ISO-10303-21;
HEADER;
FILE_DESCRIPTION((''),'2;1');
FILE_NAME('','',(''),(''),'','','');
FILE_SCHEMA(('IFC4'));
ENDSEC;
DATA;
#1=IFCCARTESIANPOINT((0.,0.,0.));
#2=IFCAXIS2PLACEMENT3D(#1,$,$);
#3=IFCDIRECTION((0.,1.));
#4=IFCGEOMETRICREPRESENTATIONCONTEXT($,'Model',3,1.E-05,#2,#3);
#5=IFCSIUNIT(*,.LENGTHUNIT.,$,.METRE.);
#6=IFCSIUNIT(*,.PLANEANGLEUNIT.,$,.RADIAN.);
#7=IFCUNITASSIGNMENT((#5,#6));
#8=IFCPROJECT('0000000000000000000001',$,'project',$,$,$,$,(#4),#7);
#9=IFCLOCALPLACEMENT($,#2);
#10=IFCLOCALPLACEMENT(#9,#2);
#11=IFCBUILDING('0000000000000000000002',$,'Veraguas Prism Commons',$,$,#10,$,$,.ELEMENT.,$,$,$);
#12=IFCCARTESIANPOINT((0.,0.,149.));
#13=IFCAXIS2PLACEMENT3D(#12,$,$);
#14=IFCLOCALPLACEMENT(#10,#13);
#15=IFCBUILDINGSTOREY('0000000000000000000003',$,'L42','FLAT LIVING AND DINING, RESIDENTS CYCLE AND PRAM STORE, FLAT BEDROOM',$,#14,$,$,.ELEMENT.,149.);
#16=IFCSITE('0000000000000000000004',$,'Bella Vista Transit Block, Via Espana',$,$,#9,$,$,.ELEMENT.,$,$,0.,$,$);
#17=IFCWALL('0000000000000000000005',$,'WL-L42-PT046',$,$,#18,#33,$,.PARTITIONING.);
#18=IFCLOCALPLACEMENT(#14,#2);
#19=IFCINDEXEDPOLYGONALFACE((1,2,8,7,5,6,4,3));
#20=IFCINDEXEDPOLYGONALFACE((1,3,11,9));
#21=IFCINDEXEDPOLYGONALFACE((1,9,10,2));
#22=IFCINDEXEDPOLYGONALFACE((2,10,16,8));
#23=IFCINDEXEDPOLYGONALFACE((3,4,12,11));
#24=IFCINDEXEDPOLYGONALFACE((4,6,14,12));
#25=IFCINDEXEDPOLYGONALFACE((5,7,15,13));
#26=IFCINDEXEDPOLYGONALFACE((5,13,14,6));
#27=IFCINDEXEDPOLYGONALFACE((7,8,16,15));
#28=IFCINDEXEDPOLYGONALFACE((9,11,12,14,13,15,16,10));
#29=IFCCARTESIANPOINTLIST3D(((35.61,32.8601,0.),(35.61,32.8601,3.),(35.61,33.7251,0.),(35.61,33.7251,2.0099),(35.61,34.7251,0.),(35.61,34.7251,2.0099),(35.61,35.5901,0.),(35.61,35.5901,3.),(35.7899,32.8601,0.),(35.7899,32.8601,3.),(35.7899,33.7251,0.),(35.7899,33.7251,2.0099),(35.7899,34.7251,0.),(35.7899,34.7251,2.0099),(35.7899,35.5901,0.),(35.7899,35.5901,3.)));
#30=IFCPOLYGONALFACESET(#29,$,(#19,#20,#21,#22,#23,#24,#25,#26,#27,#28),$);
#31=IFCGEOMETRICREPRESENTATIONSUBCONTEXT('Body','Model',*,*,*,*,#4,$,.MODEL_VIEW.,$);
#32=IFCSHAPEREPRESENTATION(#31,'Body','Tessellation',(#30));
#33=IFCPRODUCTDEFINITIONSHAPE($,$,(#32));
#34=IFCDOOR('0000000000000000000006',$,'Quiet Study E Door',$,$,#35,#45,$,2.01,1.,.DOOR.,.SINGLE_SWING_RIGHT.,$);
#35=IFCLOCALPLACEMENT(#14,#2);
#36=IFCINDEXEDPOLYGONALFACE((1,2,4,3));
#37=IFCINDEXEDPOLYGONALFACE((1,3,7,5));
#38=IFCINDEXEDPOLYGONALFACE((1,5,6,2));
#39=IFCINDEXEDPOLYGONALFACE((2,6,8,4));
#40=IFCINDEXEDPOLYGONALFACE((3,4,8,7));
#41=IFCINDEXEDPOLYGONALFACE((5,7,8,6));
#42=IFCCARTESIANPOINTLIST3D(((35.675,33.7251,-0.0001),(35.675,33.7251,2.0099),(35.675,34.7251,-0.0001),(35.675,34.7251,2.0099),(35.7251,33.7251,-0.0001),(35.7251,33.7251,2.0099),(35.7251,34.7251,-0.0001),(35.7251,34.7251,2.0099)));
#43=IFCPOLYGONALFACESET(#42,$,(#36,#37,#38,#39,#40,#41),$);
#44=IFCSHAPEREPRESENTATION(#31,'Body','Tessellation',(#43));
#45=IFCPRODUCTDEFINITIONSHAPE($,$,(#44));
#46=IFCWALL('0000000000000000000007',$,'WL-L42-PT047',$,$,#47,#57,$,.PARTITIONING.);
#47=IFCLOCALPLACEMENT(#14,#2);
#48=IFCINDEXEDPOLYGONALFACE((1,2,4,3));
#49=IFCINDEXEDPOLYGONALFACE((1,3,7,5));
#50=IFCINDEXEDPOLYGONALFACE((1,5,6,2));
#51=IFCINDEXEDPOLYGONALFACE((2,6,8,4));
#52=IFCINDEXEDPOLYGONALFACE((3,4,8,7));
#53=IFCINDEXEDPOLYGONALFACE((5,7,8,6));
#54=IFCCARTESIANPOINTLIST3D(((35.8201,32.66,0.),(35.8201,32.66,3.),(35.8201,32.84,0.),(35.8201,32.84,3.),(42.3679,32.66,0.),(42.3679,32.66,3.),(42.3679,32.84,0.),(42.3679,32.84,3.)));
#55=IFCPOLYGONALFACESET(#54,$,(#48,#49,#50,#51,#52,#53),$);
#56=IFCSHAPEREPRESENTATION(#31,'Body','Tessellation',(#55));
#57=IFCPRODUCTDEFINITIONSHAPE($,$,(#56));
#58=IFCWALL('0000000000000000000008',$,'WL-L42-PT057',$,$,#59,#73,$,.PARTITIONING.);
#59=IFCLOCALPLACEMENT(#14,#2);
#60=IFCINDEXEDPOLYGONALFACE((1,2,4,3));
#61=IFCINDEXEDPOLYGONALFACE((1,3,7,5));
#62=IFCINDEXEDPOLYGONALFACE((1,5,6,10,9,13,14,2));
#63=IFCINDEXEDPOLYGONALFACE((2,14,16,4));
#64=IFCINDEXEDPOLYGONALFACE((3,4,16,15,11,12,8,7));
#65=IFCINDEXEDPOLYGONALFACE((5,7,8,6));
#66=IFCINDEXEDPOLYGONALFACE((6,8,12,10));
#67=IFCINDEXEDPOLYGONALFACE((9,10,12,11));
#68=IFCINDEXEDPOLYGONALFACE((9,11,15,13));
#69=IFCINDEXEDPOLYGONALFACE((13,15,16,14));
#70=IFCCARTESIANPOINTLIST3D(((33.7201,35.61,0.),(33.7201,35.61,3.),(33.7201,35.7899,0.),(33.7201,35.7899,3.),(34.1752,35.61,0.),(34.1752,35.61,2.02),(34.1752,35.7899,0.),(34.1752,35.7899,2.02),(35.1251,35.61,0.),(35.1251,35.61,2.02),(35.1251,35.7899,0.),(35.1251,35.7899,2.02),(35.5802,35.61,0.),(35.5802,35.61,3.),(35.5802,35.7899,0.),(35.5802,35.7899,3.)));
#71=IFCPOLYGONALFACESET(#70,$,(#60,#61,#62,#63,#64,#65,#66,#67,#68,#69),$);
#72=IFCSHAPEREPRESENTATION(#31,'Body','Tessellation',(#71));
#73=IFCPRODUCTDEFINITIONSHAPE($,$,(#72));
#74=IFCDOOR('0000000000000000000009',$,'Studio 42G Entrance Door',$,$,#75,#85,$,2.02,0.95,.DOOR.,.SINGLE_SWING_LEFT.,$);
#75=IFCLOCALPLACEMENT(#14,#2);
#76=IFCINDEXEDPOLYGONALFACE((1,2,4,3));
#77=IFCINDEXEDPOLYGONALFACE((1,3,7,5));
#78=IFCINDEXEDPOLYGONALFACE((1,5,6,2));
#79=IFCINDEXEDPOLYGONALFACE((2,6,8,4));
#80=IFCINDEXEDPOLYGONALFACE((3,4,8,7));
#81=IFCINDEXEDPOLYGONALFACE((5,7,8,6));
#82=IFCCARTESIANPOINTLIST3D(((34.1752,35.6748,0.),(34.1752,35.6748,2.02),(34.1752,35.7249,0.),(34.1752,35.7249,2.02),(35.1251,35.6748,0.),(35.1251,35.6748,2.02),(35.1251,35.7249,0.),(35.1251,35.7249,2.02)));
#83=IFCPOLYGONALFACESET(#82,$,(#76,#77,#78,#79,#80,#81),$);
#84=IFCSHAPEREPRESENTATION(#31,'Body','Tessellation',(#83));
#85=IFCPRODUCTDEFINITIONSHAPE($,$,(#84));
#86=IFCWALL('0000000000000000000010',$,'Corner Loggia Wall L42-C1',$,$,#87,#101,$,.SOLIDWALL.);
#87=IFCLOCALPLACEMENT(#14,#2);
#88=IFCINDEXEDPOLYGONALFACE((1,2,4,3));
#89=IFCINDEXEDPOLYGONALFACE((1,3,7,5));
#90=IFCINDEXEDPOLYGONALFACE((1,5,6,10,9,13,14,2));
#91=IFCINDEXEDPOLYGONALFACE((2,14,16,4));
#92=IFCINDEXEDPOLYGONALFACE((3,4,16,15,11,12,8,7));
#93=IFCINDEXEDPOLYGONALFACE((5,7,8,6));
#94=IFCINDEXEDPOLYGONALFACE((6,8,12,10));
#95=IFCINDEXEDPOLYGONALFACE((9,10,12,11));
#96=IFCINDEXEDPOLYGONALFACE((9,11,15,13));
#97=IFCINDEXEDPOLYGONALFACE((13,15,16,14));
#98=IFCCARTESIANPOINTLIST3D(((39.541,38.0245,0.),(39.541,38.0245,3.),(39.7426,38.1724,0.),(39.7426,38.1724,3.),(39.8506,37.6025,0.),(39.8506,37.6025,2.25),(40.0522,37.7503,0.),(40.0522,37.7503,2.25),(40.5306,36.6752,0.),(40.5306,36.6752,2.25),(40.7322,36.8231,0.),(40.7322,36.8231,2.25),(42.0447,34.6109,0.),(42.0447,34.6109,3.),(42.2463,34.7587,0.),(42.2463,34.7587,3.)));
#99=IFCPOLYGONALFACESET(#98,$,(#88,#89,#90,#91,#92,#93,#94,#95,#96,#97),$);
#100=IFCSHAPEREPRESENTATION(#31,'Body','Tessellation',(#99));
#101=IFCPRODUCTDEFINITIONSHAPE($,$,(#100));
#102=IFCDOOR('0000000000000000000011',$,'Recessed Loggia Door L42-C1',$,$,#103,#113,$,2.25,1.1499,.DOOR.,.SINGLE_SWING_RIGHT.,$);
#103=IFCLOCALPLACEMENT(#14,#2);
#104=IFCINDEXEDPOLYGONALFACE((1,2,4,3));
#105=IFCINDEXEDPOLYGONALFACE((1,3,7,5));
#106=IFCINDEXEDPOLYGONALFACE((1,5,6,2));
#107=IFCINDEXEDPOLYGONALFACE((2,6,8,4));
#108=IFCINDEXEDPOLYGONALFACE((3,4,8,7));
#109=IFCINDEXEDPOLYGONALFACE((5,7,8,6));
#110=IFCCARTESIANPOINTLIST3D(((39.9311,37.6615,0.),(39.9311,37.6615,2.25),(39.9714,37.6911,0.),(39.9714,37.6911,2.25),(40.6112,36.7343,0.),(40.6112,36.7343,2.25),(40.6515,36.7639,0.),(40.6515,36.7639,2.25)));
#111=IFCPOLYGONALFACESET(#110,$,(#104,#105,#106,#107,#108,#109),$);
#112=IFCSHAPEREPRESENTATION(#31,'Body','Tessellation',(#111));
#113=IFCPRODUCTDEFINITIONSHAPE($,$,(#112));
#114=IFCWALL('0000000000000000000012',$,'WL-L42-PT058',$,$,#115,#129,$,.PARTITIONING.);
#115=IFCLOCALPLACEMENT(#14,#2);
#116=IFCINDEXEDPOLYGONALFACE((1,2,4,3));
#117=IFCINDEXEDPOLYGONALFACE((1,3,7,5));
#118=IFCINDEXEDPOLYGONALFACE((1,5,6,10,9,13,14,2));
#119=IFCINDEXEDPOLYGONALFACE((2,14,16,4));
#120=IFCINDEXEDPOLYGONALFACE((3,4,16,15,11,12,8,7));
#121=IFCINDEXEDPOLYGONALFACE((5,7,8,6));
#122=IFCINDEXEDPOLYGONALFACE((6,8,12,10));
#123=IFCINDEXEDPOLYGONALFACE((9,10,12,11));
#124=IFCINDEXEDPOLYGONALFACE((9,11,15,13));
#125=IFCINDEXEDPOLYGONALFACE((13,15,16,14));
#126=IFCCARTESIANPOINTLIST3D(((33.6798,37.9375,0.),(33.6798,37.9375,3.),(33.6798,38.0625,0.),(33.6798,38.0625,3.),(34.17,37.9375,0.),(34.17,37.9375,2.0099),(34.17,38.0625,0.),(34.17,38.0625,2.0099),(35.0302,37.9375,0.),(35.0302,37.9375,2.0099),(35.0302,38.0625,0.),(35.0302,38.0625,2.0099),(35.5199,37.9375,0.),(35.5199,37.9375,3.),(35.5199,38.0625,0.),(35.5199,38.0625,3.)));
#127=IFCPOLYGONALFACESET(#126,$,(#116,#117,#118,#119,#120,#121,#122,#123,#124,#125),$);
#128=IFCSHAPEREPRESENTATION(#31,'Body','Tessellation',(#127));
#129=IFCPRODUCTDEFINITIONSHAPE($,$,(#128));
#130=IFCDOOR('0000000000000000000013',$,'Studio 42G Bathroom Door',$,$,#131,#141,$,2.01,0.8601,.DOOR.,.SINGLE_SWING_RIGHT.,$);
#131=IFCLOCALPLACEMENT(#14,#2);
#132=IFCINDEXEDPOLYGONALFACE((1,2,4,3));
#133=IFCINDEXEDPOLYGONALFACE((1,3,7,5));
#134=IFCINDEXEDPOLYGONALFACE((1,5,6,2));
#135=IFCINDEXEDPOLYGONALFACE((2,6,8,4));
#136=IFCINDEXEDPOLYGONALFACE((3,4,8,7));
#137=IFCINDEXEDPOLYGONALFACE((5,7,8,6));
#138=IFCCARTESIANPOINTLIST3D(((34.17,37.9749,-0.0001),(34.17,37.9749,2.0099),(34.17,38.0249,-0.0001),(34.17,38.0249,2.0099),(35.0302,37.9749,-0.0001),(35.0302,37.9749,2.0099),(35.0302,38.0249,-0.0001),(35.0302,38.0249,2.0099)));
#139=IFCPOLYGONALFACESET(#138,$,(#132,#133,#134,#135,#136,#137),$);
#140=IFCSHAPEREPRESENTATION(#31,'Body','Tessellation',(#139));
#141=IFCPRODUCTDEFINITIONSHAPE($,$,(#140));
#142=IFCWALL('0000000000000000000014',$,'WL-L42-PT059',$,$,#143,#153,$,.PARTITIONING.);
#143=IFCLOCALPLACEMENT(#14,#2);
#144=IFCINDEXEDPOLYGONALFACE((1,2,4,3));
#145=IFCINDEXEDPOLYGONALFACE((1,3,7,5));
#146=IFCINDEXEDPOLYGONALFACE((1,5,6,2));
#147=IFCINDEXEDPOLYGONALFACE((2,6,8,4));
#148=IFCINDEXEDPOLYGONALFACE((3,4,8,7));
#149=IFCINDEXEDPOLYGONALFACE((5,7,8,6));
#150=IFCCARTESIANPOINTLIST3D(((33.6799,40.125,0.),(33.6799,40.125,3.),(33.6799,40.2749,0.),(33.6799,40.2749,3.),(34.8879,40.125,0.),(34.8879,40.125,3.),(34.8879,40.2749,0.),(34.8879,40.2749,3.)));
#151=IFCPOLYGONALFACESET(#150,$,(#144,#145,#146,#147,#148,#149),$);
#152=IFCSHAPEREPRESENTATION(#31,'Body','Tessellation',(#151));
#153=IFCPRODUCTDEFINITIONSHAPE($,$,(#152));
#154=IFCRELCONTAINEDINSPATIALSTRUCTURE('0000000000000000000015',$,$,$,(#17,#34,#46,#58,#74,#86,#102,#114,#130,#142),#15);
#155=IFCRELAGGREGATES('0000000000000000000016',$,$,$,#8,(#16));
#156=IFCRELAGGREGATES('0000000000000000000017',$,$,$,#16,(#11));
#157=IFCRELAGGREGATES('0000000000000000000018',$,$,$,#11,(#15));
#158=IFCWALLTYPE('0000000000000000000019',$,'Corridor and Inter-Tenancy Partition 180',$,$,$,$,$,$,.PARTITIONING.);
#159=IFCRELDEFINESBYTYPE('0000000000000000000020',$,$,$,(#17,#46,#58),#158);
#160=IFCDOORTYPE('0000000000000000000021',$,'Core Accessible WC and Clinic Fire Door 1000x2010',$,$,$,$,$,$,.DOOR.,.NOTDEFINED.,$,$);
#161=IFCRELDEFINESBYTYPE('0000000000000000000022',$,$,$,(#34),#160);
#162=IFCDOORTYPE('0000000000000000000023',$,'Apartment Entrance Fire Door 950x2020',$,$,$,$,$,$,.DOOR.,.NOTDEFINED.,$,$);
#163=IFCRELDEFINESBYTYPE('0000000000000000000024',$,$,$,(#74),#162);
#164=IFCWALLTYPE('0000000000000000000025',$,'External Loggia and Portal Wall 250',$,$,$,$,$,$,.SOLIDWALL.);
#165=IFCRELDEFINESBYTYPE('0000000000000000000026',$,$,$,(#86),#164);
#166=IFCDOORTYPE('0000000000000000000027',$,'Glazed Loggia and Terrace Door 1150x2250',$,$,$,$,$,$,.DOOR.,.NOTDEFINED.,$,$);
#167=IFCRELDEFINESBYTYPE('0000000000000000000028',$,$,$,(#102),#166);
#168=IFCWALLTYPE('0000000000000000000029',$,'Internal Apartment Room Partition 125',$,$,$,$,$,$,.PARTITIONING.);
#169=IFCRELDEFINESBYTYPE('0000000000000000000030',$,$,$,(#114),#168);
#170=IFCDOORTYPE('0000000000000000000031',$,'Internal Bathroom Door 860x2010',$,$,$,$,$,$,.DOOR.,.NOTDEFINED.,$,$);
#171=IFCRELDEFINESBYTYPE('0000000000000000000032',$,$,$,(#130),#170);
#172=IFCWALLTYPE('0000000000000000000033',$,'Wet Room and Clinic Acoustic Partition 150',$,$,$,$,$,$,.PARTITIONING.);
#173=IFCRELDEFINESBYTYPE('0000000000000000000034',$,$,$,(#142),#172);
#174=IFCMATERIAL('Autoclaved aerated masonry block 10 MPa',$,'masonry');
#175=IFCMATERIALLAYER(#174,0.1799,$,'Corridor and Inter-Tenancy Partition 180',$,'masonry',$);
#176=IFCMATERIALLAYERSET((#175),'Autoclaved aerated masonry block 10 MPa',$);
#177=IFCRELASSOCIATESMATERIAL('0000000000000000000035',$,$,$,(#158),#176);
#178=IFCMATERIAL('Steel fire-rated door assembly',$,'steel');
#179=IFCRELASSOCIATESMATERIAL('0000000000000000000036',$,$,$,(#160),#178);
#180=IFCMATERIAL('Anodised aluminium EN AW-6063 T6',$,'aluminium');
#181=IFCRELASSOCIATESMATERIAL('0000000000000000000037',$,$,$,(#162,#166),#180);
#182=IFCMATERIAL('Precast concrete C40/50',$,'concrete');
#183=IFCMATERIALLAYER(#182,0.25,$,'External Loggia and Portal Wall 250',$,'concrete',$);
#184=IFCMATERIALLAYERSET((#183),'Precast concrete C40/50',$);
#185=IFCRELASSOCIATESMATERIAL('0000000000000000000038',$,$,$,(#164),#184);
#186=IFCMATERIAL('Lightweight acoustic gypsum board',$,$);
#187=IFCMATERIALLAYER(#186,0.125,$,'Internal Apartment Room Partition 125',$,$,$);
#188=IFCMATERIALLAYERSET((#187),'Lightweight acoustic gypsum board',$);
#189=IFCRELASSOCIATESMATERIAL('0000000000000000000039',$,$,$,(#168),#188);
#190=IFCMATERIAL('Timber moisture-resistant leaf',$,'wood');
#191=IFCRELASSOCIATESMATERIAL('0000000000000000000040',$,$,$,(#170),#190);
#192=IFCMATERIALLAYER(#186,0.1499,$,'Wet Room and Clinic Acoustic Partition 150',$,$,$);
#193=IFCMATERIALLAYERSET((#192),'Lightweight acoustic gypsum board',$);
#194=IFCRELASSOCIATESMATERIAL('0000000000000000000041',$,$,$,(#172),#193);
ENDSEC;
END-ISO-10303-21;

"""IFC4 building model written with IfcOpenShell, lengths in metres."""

from ifc_helpers import new_model, si_unit, direction, frame, frame_2d, origin, place, context, subcontext, project, spatial, rectangle, extrude, source, transform, mapped, material, layer, layer_set, type_object, element, fill, save


model = new_model("IFC4")

# Units and contexts
model_context = context("Model", 3, precision=1e-05, world=origin(), true_north=direction((0.0, 1.0)))
body_context = subcontext(model_context, "Body", "Model", "MODEL_VIEW")
ifc_project = project(units=[si_unit("LENGTHUNIT", "METRE"), si_unit("PLANEANGLEUNIT", "RADIAN")], contexts=[model_context])

# Site, building, storey
site_placement = place(None, origin())
site = spatial("IfcSite", under=ifc_project, at=site_placement, Name="Bella Vista Transit Block, Via Espana", CompositionType="ELEMENT", RefElevation=0.0)
building_placement = place(site_placement, origin())
building = spatial("IfcBuilding", under=site, at=building_placement, Name="Veraguas Prism Commons", CompositionType="ELEMENT")
storey_placement = place(building_placement, frame((0.0, 0.0, 149.0)))
storey = spatial("IfcBuildingStorey", under=building, at=storey_placement, Name="L42", Description="FLAT LIVING AND DINING, RESIDENTS CYCLE AND PRAM STORE, FLAT BEDROOM", CompositionType="ELEMENT", Elevation=149.0)

# Shared definitions
ifc_material_1 = material(Name="Anodised aluminium EN AW-6063 T6", Category="aluminium")

# Shared definitions
ifc_material_2 = material(Name="Autoclaved aerated masonry block 10 MPa", Category="masonry")
ifc_layer_1 = layer(ifc_material_2, 0.1799, Name="Corridor and Inter-Tenancy Partition 180", Category="masonry")
ifc_layer_set_1 = layer_set([ifc_layer_1], Name="Autoclaved aerated masonry block 10 MPa")
wall_type_1 = type_object("IfcWallType", Name="Corridor and Inter-Tenancy Partition 180", PredefinedType="PARTITIONING", material=ifc_layer_set_1)

# Wall, opening, door
wall_1_placement = place(storey_placement, frame((35.7, 32.8601, 0.0), z_axis=(0.0, 0.0, 1.0), x_axis=(0.0, 1.0, 0.0)))
wall_1 = element("IfcWall", 1, at=wall_1_placement, inside=storey, type_object=wall_type_1, Name="WL-L42-PT046", PredefinedType="PARTITIONING", context=body_context, shape_type="SweptSolid", body=[
    extrude(rectangle(XDim=2.73, YDim=0.1799, at=frame_2d((1.365, 0.0))), origin(), (0.0, 0.0, 1.0), 3.0),
])
opening_1_placement = place(wall_1_placement, frame((0.865, 0.0, 0.0)))
opening_1 = element("IfcOpeningElement", 2, at=opening_1_placement, cuts=wall_1, PredefinedType="OPENING", context=body_context, shape_type="SweptSolid", body=[
    extrude(rectangle(XDim=1.0, YDim=2.01, at=frame_2d((0.5, 1.0049))), frame((0.0, 0.0999, 0.0), z_axis=(0.0, -1.0, 0.0), x_axis=(1.0, 0.0, 0.0)), (0.0, 0.0, 1.0), 0.2),
])
ifc_material_3 = material(Name="Steel fire-rated door assembly", Category="steel")
door_type_1 = type_object("IfcDoorType", Name="Core Accessible WC and Clinic Fire Door 1000x2010", OperationType="NOTDEFINED", PredefinedType="DOOR", material=ifc_material_3)
shared_shape_1 = source(origin(), body_context, "Body", "SweptSolid", [
    extrude(rectangle(XDim=1.0, YDim=2.01, at=frame_2d((0.5, 1.0049))), frame((0.0, 0.0249, 0.0), z_axis=(0.0, -1.0, 0.0), x_axis=(1.0, 0.0, 0.0)), (0.0, 0.0, 1.0), 0.05),
])
door_1_placement = place(opening_1_placement, origin())
door_1 = element("IfcDoor", 3, at=door_1_placement, inside=storey, type_object=door_type_1, Name="Quiet Study E Door", OperationType="SINGLE_SWING_RIGHT", OverallHeight=2.01, OverallWidth=1.0, PredefinedType="DOOR", context=body_context, shape_type="MappedRepresentation", body=[
    mapped(shared_shape_1, transform((0.0, 0.0, 0.0), scale=1.0)),
])
fill(opening_1, door_1)

# Wall
wall_2_placement = place(storey_placement, frame((35.8201, 32.75, 0.0), z_axis=(0.0, 0.0, 1.0), x_axis=(1.0, 0.0, 0.0)))
element("IfcWall", 4, at=wall_2_placement, inside=storey, type_object=wall_type_1, Name="WL-L42-PT047", PredefinedType="PARTITIONING", context=body_context, shape_type="SweptSolid", body=[
    extrude(rectangle(XDim=6.5479, YDim=0.1799, at=frame_2d((3.2739, 0.0))), origin(), (0.0, 0.0, 1.0), 3.0),
])

# Walls, openings, doors
wall_3_placement = place(storey_placement, frame((33.72, 35.7, 0.0), z_axis=(0.0, 0.0, 1.0), x_axis=(1.0, 0.0, 0.0)))
wall_3 = element("IfcWall", 5, at=wall_3_placement, inside=storey, type_object=wall_type_1, Name="WL-L42-PT057", PredefinedType="PARTITIONING", context=body_context, shape_type="SweptSolid", body=[
    extrude(rectangle(XDim=1.8601, YDim=0.1799, at=frame_2d((0.9302, 0.0))), origin(), (0.0, 0.0, 1.0), 3.0),
])
opening_2_placement = place(wall_3_placement, frame((0.4551, 0.0, 0.0)))
opening_2 = element("IfcOpeningElement", 6, at=opening_2_placement, cuts=wall_3, PredefinedType="OPENING", context=body_context, shape_type="SweptSolid", body=[
    extrude(rectangle(XDim=0.95, YDim=2.02, at=frame_2d((0.4751, 1.01))), frame((0.0, 0.0999, 0.0), z_axis=(0.0, -1.0, 0.0), x_axis=(1.0, 0.0, 0.0)), (0.0, 0.0, 1.0), 0.2),
])
door_type_2 = type_object("IfcDoorType", Name="Apartment Entrance Fire Door 950x2020", OperationType="NOTDEFINED", PredefinedType="DOOR", material=ifc_material_1)
shared_shape_2 = source(origin(), body_context, "Body", "SweptSolid", [
    extrude(rectangle(XDim=0.95, YDim=2.02, at=frame_2d((0.4751, 1.01))), frame((0.0, 0.0249, 0.0), z_axis=(0.0, -1.0, 0.0), x_axis=(1.0, 0.0, 0.0)), (0.0, 0.0, 1.0), 0.05),
])
door_2_placement = place(opening_2_placement, origin())
door_2 = element("IfcDoor", 7, at=door_2_placement, inside=storey, type_object=door_type_2, Name="Studio 42G Entrance Door", OperationType="SINGLE_SWING_LEFT", OverallHeight=2.02, OverallWidth=0.95, PredefinedType="DOOR", context=body_context, shape_type="MappedRepresentation", body=[
    mapped(shared_shape_2, transform((0.0, 0.0, 0.0), scale=1.0)),
])
fill(opening_2, door_2)
ifc_material_4 = material(Name="Precast concrete C40/50", Category="concrete")
ifc_layer_2 = layer(ifc_material_4, 0.25, Name="External Loggia and Portal Wall 250", Category="concrete")
ifc_layer_set_2 = layer_set([ifc_layer_2], Name="Precast concrete C40/50")
wall_type_2 = type_object("IfcWallType", Name="External Loggia and Portal Wall 250", PredefinedType="SOLIDWALL", material=ifc_layer_set_2)
wall_4_placement = place(storey_placement, frame((42.1455, 34.6848, 0.0), z_axis=(0.0, 0.0, 1.0), x_axis=(-0.591421, 0.806363, 0.0)))
wall_4 = element("IfcWall", 8, at=wall_4_placement, inside=storey, type_object=wall_type_2, Name="Corner Loggia Wall L42-C1", PredefinedType="SOLIDWALL", context=body_context, shape_type="SweptSolid", body=[
    extrude(rectangle(XDim=4.2334, YDim=0.25, at=frame_2d((2.1167, 0.0))), origin(), (0.0, 0.0, 1.0), 3.0),
])
opening_3_placement = place(wall_4_placement, frame((2.5601, 0.0, 0.0)))
opening_3 = element("IfcOpeningElement", 9, at=opening_3_placement, cuts=wall_4, PredefinedType="OPENING", context=body_context, shape_type="SweptSolid", body=[
    extrude(rectangle(XDim=1.1499, YDim=2.25, at=frame_2d((0.575, 1.125))), frame((0.0, 0.135, 0.0), z_axis=(0.0, -1.0, 0.0), x_axis=(1.0, 0.0, 0.0)), (0.0, 0.0, 1.0), 0.27),
])
door_type_3 = type_object("IfcDoorType", Name="Glazed Loggia and Terrace Door 1150x2250", OperationType="NOTDEFINED", PredefinedType="DOOR", material=ifc_material_1)
shared_shape_3 = source(origin(), body_context, "Body", "SweptSolid", [
    extrude(rectangle(XDim=1.1499, YDim=2.25, at=frame_2d((0.575, 1.125))), frame((0.0, 0.0249, 0.0), z_axis=(0.0, -1.0, 0.0), x_axis=(1.0, 0.0, 0.0)), (0.0, 0.0, 1.0), 0.05),
])
door_3_placement = place(opening_3_placement, frame((1.1499, 0.0, 0.0), z_axis=(0.0, 0.0, 1.0), x_axis=(-1.0, 0.0, 0.0)))
door_3 = element("IfcDoor", 10, at=door_3_placement, inside=storey, type_object=door_type_3, Name="Recessed Loggia Door L42-C1", OperationType="SINGLE_SWING_RIGHT", OverallHeight=2.25, OverallWidth=1.1499, PredefinedType="DOOR", context=body_context, shape_type="MappedRepresentation", body=[
    mapped(shared_shape_3, transform((0.0, 0.0, 0.0), scale=1.0)),
])
fill(opening_3, door_3)
ifc_material_5 = material(Name="Lightweight acoustic gypsum board")
ifc_layer_3 = layer(ifc_material_5, 0.125, Name="Internal Apartment Room Partition 125")
ifc_layer_set_3 = layer_set([ifc_layer_3], Name="Lightweight acoustic gypsum board")
wall_type_3 = type_object("IfcWallType", Name="Internal Apartment Room Partition 125", PredefinedType="PARTITIONING", material=ifc_layer_set_3)
wall_5_placement = place(storey_placement, frame((33.6799, 38.0, 0.0), z_axis=(0.0, 0.0, 1.0), x_axis=(1.0, 0.0, 0.0)))
wall_5 = element("IfcWall", 11, at=wall_5_placement, inside=storey, type_object=wall_type_3, Name="WL-L42-PT058", PredefinedType="PARTITIONING", context=body_context, shape_type="SweptSolid", body=[
    extrude(rectangle(XDim=1.8401, YDim=0.125, at=frame_2d((0.9199, 0.0))), origin(), (0.0, 0.0, 1.0), 3.0),
])
opening_4_placement = place(wall_5_placement, frame((0.49, 0.0, 0.0)))
opening_4 = element("IfcOpeningElement", 12, at=opening_4_placement, cuts=wall_5, PredefinedType="OPENING", context=body_context, shape_type="SweptSolid", body=[
    extrude(rectangle(XDim=0.8601, YDim=2.01, at=frame_2d((0.4302, 1.0049))), frame((0.0, 0.0725, 0.0), z_axis=(0.0, -1.0, 0.0), x_axis=(1.0, 0.0, 0.0)), (0.0, 0.0, 1.0), 0.145),
])
ifc_material_6 = material(Name="Timber moisture-resistant leaf", Category="wood")
door_type_4 = type_object("IfcDoorType", Name="Internal Bathroom Door 860x2010", OperationType="NOTDEFINED", PredefinedType="DOOR", material=ifc_material_6)
shared_shape_4 = source(origin(), body_context, "Body", "SweptSolid", [
    extrude(rectangle(XDim=0.8601, YDim=2.01, at=frame_2d((0.4302, 1.0049))), frame((0.0, 0.0249, 0.0), z_axis=(0.0, -1.0, 0.0), x_axis=(1.0, 0.0, 0.0)), (0.0, 0.0, 1.0), 0.05),
])
door_4_placement = place(opening_4_placement, origin())
door_4 = element("IfcDoor", 13, at=door_4_placement, inside=storey, type_object=door_type_4, Name="Studio 42G Bathroom Door", OperationType="SINGLE_SWING_RIGHT", OverallHeight=2.01, OverallWidth=0.8601, PredefinedType="DOOR", context=body_context, shape_type="MappedRepresentation", body=[
    mapped(shared_shape_4, transform((0.0, 0.0, 0.0), scale=1.0)),
])
fill(opening_4, door_4)

# Wall
ifc_layer_4 = layer(ifc_material_5, 0.1499, Name="Wet Room and Clinic Acoustic Partition 150")
ifc_layer_set_4 = layer_set([ifc_layer_4], Name="Lightweight acoustic gypsum board")
wall_type_4 = type_object("IfcWallType", Name="Wet Room and Clinic Acoustic Partition 150", PredefinedType="PARTITIONING", material=ifc_layer_set_4)
wall_6_placement = place(storey_placement, frame((33.6799, 40.2, 0.0), z_axis=(0.0, 0.0, 1.0), x_axis=(1.0, 0.0, 0.0)))
element("IfcWall", 14, at=wall_6_placement, inside=storey, type_object=wall_type_4, Name="WL-L42-PT059", PredefinedType="PARTITIONING", context=body_context, shape_type="SweptSolid", body=[
    extrude(rectangle(XDim=1.208, YDim=0.1499, at=frame_2d((0.604, 0.0))), origin(), (0.0, 0.0, 1.0), 3.0),
])

save(model, "model.ifc")
